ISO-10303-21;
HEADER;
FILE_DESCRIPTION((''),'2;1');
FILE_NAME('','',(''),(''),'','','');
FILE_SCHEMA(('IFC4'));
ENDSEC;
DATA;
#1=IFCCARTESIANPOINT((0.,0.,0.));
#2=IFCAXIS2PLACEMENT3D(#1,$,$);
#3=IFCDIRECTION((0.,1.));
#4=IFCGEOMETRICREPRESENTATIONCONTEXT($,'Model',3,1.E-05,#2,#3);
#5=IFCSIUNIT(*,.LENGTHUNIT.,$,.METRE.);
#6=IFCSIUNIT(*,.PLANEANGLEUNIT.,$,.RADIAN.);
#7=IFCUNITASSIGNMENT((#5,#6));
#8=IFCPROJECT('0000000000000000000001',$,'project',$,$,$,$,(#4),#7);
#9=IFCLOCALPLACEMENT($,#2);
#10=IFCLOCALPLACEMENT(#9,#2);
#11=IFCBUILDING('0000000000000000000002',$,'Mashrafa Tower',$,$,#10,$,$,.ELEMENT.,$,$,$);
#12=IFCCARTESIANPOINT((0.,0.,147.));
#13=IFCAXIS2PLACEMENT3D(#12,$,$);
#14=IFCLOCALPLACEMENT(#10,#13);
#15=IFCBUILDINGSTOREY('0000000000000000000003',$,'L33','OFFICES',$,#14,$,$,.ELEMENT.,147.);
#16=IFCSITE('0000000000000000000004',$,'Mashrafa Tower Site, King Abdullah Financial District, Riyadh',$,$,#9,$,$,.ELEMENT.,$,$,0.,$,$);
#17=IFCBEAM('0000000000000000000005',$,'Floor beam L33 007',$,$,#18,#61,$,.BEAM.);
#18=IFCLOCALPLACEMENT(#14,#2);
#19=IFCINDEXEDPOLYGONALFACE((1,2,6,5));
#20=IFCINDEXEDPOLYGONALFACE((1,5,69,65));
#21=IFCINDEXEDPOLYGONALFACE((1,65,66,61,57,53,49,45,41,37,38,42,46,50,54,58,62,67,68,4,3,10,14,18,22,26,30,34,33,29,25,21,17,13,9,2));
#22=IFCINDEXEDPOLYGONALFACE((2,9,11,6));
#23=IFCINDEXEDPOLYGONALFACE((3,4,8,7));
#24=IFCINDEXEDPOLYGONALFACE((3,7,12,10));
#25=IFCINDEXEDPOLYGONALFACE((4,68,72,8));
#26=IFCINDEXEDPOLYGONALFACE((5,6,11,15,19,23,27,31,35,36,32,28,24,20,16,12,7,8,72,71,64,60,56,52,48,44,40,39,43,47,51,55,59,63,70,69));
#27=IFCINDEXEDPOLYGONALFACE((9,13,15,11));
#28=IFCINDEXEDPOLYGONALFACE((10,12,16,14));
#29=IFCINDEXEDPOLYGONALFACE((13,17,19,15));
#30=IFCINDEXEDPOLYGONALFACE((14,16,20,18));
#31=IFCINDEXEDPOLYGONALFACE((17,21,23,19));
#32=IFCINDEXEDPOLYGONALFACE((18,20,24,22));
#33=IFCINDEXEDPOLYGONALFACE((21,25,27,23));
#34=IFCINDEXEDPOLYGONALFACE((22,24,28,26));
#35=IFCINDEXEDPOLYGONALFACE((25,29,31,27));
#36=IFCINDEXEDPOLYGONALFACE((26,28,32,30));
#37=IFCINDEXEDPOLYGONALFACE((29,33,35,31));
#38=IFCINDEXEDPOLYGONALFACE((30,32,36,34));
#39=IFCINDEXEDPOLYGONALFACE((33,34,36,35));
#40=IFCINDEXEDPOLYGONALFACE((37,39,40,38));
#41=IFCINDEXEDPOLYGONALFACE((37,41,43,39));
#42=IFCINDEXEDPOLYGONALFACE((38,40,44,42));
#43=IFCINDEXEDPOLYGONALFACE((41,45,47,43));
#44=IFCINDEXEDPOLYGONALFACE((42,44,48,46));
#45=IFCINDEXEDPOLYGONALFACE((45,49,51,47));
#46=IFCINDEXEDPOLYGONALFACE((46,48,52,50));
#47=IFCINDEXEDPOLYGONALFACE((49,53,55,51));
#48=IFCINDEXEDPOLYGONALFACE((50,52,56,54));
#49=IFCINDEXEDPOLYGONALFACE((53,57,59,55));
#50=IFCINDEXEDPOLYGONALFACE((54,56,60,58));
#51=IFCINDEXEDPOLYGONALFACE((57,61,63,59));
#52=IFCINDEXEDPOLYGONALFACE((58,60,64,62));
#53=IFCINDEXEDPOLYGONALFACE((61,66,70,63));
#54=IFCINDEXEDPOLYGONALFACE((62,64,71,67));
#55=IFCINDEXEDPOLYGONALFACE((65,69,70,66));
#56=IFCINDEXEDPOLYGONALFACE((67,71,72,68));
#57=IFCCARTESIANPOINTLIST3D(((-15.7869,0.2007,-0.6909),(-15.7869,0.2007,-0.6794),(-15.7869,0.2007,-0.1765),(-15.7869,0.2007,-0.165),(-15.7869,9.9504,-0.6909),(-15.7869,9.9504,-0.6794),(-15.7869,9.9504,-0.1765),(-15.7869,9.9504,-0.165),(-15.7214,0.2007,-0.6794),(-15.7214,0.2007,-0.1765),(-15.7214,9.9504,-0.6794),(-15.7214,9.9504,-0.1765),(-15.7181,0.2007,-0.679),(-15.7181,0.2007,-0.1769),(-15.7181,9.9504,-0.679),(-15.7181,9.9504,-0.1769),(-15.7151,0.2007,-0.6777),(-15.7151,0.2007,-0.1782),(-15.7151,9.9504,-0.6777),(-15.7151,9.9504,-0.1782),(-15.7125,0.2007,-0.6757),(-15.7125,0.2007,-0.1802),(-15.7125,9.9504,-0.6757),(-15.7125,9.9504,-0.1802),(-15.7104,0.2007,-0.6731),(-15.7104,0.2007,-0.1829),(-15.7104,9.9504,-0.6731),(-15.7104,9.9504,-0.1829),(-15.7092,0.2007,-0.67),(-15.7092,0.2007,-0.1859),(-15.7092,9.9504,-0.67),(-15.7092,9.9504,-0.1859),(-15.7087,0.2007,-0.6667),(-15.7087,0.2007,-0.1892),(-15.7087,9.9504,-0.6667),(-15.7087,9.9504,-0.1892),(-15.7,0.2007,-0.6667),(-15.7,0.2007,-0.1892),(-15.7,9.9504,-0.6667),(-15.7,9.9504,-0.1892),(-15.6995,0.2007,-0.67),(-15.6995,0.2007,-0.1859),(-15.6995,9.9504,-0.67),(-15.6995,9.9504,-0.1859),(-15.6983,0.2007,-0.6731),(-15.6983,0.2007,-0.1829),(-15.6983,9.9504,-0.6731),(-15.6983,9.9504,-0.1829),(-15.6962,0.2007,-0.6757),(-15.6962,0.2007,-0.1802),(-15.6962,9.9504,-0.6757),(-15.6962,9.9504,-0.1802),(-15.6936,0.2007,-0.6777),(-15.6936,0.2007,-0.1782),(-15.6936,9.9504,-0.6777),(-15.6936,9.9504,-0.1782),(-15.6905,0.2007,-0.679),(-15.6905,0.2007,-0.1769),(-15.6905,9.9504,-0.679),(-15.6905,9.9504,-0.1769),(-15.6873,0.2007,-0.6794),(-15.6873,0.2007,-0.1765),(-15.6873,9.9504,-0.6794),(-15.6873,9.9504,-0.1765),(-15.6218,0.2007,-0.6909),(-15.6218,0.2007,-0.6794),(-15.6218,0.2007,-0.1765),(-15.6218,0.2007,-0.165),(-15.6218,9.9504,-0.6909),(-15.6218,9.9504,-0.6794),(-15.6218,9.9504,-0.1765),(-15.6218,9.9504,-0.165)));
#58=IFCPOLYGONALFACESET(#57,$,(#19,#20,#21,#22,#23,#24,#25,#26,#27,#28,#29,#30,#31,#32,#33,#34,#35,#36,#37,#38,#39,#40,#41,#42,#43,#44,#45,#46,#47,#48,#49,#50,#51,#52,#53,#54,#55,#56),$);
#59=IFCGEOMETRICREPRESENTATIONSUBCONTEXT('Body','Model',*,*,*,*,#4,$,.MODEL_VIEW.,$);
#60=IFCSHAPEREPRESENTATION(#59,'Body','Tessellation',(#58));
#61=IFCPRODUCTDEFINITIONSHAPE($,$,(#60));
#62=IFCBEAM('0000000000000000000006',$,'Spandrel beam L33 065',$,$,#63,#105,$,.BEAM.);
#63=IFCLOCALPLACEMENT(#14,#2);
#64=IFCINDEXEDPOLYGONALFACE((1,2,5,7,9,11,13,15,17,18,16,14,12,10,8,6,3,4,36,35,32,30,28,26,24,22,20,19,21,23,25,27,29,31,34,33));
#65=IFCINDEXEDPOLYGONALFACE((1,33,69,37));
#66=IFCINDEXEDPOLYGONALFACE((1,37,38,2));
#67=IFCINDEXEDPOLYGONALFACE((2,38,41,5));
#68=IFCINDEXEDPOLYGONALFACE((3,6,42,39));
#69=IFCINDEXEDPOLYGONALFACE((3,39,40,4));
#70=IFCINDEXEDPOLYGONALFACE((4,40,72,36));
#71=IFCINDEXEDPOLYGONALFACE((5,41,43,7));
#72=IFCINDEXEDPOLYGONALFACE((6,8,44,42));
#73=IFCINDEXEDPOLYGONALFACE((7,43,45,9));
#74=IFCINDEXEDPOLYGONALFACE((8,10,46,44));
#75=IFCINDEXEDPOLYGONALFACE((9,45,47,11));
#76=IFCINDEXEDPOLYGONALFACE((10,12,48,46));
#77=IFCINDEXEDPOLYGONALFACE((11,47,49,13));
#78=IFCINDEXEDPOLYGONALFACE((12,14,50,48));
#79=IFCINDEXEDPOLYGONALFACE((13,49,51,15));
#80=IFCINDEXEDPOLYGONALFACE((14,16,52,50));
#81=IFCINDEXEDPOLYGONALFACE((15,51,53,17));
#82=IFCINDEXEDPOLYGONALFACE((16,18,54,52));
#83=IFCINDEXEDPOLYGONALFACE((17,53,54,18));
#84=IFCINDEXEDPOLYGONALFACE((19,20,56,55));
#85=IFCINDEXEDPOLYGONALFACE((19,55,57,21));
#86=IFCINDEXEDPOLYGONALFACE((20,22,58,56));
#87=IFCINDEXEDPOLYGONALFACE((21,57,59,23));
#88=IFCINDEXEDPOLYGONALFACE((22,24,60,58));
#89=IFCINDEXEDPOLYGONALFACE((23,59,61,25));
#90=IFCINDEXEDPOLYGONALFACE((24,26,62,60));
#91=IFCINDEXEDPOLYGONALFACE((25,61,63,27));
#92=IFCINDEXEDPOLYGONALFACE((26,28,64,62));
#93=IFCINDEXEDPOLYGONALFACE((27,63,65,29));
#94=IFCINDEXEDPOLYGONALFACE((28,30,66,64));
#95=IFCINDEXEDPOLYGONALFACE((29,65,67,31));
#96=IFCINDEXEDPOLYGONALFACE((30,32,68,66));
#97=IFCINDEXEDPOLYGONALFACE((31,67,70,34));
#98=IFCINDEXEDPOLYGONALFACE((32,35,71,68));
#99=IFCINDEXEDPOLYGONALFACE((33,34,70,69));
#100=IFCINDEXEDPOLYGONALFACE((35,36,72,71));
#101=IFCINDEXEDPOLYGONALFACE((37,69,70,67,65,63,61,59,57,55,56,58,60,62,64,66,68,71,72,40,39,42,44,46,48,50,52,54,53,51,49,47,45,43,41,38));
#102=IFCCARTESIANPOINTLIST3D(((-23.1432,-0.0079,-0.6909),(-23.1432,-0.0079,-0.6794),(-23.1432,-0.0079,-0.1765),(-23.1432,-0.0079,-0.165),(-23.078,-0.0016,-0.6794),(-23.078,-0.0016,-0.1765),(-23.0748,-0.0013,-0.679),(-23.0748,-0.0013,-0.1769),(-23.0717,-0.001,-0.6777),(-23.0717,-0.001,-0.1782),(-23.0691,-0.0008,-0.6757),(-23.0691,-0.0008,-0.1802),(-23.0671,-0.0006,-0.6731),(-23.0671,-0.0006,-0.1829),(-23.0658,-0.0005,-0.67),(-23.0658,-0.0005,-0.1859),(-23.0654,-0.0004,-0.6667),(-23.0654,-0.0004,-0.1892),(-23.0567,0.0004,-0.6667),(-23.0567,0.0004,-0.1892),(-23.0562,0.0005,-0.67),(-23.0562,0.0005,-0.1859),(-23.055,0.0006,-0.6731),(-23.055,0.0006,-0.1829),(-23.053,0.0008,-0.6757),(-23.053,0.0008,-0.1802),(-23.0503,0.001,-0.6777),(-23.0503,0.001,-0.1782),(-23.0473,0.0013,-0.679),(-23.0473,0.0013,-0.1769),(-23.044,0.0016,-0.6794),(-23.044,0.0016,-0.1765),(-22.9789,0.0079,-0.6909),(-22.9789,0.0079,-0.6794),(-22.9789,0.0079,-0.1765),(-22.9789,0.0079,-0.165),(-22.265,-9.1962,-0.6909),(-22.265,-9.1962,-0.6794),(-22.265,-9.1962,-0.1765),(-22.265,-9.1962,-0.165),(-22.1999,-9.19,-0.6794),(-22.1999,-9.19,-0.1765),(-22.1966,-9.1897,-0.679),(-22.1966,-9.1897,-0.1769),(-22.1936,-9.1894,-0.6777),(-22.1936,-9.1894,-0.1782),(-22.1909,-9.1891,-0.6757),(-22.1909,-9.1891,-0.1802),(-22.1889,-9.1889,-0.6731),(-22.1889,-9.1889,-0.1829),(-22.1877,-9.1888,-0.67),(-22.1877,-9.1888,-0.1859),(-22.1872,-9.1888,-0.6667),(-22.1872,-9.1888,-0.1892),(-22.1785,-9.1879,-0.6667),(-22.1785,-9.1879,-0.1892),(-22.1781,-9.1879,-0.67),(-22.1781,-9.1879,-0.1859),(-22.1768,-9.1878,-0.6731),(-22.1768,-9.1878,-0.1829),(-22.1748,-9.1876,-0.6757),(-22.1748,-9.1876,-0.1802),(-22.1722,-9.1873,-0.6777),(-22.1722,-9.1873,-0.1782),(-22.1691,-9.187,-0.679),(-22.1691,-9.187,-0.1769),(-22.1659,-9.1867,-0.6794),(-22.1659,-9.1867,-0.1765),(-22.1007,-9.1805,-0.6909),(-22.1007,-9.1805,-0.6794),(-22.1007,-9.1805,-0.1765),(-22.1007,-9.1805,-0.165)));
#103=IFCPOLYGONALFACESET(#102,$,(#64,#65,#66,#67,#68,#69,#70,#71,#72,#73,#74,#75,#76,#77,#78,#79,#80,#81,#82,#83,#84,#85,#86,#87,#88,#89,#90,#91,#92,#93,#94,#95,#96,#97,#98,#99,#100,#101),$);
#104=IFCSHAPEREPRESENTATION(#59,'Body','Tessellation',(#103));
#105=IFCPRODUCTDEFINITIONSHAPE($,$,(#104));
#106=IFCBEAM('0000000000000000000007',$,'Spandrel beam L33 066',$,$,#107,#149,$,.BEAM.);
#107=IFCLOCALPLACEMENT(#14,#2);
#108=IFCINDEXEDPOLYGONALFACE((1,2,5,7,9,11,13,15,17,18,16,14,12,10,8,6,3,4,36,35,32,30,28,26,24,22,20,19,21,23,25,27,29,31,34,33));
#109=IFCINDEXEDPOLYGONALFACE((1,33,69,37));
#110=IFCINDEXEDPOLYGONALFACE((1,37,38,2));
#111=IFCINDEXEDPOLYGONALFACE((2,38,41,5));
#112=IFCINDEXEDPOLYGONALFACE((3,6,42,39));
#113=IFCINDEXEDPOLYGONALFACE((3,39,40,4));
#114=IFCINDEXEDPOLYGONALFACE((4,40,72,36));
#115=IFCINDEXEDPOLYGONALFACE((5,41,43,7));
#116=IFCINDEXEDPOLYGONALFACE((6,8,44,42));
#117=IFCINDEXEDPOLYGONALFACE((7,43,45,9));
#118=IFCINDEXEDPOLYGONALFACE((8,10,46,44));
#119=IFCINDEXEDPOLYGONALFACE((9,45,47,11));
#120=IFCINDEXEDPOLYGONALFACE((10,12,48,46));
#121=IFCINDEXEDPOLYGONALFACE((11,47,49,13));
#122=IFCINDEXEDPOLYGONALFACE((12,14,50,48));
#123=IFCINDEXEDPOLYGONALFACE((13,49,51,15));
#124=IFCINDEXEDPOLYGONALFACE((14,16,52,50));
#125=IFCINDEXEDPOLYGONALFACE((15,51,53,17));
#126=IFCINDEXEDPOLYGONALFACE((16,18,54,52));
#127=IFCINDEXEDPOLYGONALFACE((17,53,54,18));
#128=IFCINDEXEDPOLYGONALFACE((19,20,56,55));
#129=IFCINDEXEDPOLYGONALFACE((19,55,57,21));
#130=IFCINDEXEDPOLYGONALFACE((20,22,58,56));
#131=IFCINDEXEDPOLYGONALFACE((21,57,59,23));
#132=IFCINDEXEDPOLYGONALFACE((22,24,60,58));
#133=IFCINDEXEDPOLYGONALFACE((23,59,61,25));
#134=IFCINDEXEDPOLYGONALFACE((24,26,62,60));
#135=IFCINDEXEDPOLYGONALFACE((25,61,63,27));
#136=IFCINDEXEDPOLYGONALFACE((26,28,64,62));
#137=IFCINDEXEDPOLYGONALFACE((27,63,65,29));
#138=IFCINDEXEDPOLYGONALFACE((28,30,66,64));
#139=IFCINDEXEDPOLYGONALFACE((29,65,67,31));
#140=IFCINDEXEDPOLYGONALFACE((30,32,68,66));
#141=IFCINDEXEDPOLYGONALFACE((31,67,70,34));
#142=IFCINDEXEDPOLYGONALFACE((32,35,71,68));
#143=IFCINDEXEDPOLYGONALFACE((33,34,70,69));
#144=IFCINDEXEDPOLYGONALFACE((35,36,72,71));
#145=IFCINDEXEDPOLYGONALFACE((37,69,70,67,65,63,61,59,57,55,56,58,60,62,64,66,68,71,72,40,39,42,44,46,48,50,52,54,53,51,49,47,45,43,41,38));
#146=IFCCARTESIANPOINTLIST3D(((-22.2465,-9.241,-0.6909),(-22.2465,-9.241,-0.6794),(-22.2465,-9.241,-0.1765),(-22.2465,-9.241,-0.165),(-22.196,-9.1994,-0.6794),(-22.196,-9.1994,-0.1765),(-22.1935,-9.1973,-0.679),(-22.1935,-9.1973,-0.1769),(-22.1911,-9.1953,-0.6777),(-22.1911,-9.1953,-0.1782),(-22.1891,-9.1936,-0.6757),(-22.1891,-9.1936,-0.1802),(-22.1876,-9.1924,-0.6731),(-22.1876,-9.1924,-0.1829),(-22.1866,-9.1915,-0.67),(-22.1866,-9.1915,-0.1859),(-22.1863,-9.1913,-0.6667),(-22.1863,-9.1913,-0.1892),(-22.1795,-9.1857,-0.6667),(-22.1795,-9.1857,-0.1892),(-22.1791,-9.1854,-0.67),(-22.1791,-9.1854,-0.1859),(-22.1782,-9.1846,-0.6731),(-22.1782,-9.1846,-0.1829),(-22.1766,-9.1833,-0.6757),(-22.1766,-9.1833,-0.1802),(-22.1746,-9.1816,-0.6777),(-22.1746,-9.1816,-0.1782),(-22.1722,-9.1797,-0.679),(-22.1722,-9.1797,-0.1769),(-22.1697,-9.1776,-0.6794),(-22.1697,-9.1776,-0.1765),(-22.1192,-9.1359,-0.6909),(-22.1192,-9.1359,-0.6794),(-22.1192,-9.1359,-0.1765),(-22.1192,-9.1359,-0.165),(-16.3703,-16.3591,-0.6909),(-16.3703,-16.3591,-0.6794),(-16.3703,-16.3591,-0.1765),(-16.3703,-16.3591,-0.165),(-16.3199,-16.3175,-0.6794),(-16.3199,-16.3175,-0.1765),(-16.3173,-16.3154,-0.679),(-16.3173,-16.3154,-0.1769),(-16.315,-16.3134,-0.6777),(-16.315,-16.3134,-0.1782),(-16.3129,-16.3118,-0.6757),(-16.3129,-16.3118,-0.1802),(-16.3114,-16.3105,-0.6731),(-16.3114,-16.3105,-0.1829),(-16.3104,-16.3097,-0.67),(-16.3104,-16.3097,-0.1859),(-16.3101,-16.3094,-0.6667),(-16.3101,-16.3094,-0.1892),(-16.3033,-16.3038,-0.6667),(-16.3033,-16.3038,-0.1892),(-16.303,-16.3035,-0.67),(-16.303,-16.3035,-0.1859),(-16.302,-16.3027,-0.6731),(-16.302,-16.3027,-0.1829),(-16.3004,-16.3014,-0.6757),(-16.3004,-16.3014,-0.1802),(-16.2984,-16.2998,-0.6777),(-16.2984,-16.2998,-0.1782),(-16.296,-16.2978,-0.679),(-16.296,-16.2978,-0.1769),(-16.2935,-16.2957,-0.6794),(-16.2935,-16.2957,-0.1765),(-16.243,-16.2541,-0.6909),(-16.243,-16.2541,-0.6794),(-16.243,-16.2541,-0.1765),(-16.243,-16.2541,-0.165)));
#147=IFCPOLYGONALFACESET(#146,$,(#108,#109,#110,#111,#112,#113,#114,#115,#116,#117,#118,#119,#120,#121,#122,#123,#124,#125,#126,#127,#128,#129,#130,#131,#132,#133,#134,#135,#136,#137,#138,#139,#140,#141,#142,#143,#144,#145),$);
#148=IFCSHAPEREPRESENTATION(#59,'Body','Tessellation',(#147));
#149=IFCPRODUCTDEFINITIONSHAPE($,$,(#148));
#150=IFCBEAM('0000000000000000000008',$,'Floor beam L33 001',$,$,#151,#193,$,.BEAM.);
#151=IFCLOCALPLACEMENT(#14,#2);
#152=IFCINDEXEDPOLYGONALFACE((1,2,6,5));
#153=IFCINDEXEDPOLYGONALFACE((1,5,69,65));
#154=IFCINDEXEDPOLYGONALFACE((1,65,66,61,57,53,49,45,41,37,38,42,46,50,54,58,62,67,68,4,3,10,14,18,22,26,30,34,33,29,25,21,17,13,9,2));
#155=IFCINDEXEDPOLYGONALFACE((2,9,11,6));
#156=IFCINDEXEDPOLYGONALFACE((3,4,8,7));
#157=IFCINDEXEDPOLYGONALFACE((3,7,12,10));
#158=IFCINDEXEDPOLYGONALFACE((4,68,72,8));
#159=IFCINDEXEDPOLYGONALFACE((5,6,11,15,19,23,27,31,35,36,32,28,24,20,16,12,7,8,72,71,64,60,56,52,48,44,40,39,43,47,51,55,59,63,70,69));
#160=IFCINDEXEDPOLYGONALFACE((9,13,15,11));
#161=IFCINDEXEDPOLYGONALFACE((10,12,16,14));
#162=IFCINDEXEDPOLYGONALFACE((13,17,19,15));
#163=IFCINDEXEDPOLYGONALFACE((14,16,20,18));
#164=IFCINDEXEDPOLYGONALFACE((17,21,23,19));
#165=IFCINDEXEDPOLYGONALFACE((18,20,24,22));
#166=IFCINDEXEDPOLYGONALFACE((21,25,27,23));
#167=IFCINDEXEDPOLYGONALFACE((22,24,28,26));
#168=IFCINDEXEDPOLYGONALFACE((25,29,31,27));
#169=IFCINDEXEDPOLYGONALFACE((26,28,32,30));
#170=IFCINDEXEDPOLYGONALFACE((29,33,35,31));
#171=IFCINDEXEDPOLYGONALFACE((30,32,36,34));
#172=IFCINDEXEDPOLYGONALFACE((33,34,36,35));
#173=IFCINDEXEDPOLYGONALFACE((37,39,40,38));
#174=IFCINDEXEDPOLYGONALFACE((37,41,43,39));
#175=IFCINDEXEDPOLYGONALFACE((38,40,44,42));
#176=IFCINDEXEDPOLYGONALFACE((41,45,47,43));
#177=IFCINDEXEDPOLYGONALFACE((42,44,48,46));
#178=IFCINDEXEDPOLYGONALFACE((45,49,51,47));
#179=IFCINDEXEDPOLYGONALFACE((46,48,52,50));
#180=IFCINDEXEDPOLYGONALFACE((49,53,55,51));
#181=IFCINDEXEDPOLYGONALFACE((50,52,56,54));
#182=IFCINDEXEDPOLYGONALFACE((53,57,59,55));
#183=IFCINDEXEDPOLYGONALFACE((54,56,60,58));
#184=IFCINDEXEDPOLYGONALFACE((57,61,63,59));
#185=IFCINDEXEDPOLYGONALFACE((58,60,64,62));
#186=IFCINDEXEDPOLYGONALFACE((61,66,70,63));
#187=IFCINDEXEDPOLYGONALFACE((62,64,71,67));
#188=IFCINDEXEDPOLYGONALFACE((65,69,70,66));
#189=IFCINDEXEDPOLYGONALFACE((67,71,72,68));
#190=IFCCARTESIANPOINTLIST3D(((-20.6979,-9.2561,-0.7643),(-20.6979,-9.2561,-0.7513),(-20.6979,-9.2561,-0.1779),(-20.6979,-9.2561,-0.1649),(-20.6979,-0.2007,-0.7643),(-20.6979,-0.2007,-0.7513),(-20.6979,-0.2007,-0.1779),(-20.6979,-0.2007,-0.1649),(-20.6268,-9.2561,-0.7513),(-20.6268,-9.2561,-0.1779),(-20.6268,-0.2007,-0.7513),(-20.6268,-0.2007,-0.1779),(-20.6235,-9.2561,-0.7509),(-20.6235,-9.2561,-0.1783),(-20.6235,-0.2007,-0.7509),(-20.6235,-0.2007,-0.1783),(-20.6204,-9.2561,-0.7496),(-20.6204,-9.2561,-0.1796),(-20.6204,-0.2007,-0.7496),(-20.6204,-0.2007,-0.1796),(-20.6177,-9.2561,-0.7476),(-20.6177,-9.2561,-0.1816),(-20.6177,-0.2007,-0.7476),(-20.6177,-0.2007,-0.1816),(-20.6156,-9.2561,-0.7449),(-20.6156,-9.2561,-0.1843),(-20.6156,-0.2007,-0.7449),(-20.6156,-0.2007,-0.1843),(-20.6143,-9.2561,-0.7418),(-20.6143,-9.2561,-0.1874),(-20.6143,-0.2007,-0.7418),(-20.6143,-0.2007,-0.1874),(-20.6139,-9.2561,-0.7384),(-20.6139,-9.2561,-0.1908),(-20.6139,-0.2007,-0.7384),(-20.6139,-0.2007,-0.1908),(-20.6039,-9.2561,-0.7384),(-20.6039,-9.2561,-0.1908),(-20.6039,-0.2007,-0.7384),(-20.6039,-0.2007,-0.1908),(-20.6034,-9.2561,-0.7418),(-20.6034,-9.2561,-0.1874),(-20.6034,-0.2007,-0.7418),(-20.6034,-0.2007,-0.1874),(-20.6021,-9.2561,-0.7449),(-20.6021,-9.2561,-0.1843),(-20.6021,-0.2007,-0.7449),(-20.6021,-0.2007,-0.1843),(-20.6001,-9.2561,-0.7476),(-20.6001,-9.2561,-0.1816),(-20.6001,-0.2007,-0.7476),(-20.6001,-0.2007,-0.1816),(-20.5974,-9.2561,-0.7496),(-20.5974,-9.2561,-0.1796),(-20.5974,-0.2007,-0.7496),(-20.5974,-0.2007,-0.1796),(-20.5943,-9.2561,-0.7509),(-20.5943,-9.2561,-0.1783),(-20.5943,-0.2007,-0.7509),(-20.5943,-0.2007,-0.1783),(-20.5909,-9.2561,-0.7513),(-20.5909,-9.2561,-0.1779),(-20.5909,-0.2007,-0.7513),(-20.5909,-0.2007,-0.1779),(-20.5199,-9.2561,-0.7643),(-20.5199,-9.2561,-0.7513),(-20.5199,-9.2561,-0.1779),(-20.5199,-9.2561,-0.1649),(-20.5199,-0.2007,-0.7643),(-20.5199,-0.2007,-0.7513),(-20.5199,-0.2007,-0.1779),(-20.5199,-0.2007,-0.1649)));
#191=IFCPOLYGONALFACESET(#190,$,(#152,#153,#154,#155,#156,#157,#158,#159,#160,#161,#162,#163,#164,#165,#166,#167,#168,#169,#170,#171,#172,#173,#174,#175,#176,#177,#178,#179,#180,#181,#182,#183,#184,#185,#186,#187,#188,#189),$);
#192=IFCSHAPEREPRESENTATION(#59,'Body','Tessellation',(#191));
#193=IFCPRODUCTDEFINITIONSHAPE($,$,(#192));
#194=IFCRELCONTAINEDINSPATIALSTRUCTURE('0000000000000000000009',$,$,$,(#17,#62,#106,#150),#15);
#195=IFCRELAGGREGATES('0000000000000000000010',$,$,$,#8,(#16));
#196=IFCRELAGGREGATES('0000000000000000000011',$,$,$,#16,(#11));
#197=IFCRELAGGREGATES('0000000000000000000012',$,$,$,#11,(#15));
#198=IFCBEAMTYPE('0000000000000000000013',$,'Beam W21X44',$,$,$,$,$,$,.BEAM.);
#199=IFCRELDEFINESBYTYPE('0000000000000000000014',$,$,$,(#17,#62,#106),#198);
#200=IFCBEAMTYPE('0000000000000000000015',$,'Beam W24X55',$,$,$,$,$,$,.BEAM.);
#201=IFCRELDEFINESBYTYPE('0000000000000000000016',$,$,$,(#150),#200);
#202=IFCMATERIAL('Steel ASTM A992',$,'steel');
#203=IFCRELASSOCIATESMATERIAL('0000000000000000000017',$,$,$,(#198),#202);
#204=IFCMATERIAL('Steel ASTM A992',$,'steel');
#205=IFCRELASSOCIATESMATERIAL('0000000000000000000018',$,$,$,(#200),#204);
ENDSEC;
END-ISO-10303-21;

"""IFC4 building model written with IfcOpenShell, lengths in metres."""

from ifc_helpers import new_model, si_unit, direction, frame, origin, origin_2d, place, context, subcontext, project, spatial, i_section, extrude, material, material_profile, profile_set, type_object, element, save


model = new_model("IFC4")

# Units and contexts
model_context = context("Model", 3, precision=1e-05, world=origin(), true_north=direction((0.0, 1.0)))
body_context = subcontext(model_context, "Body", "Model", "MODEL_VIEW")
ifc_project = project(units=[si_unit("LENGTHUNIT", "METRE"), si_unit("PLANEANGLEUNIT", "RADIAN")], contexts=[model_context])

# Site, building, storey
site_placement = place(None, origin())
site = spatial("IfcSite", under=ifc_project, at=site_placement, Name="Mashrafa Tower Site, King Abdullah Financial District, Riyadh", CompositionType="ELEMENT", RefElevation=0.0)
building_placement = place(site_placement, origin())
building = spatial("IfcBuilding", under=site, at=building_placement, Name="Mashrafa Tower", CompositionType="ELEMENT")
storey_placement = place(building_placement, frame((0.0, 0.0, 147.0)))
storey = spatial("IfcBuildingStorey", under=building, at=storey_placement, Name="L33", Description="OFFICES", CompositionType="ELEMENT", Elevation=147.0)

# Beams
ifc_material_1 = material(Name="Steel ASTM A992", Category="steel")
ifc_material_profile_1 = material_profile(ifc_material_1, i_section(OverallWidth=0.165, OverallDepth=0.5259, WebThickness=0.0088, FlangeThickness=0.0115, FilletRadius=0.0127, at=origin_2d()), Name="W21X44")
ifc_profile_set_1 = profile_set([ifc_material_profile_1], Name="Steel ASTM A992")
beam_type_1 = type_object("IfcBeamType", Name="Beam W21X44", PredefinedType="BEAM", material=ifc_profile_set_1)
for number, where, z_axis, x_axis, name in (
    (1, (-15.7043, 0.2007, -0.428), (0.0, 1.0, 0.0), (-1.0, 0.0, 0.0), "Floor beam L33 007"),
):
    element("IfcBeam", number, at=place(storey_placement, frame(where, z_axis=z_axis, x_axis=x_axis)), inside=storey, type_object=beam_type_1, Name=name, PredefinedType="BEAM", context=body_context, shape_type="SweptSolid", body=[
        extrude(i_section(OverallWidth=0.165, OverallDepth=0.5259, WebThickness=0.0088, FlangeThickness=0.0115, FilletRadius=0.0127, at=origin_2d()), origin(), (0.0, 0.0, 1.0), 9.7498),
    ])
for number, where, z_axis, x_axis, name in (
    (2, (-23.061, 0.0, -0.428), (0.09514, -0.995464, 0.0), (0.995464, 0.09514, 0.0), "Spandrel beam L33 065"),
    (3, (-22.1829, -9.1885, -0.428), (0.636624, -0.771175, 0.0), (0.771175, 0.636624, 0.0), "Spandrel beam L33 066"),
):
    element("IfcBeam", number, at=place(storey_placement, frame(where, z_axis=z_axis, x_axis=x_axis)), inside=storey, type_object=beam_type_1, Name=name, PredefinedType="BEAM", context=body_context, shape_type="SweptSolid", body=[
        extrude(i_section(OverallWidth=0.165, OverallDepth=0.5259, WebThickness=0.0088, FlangeThickness=0.0115, FilletRadius=0.0127, at=origin_2d()), origin(), (0.0, 0.0, 1.0), 9.2302),
    ])
ifc_material_2 = material(Name="Steel ASTM A992", Category="steel")
ifc_material_profile_2 = material_profile(ifc_material_2, i_section(OverallWidth=0.178, OverallDepth=0.5994, WebThickness=0.01, FlangeThickness=0.0129, FilletRadius=0.0129, at=origin_2d()), Name="W24X55")
ifc_profile_set_2 = profile_set([ifc_material_profile_2], Name="Steel ASTM A992")
beam_type_2 = type_object("IfcBeamType", Name="Beam W24X55", PredefinedType="BEAM", material=ifc_profile_set_2)
for number, where, z_axis, x_axis, name in (
    (4, (-20.6089, -9.2561, -0.4646), (0.0, 1.0, 0.0), (-1.0, 0.0, 0.0), "Floor beam L33 001"),
):
    element("IfcBeam", number, at=place(storey_placement, frame(where, z_axis=z_axis, x_axis=x_axis)), inside=storey, type_object=beam_type_2, Name=name, PredefinedType="BEAM", context=body_context, shape_type="SweptSolid", body=[
        extrude(i_section(OverallWidth=0.178, OverallDepth=0.5994, WebThickness=0.01, FlangeThickness=0.0129, FilletRadius=0.0129, at=origin_2d()), origin(), (0.0, 0.0, 1.0), 9.0554),
    ])

save(model, "model.ifc")
